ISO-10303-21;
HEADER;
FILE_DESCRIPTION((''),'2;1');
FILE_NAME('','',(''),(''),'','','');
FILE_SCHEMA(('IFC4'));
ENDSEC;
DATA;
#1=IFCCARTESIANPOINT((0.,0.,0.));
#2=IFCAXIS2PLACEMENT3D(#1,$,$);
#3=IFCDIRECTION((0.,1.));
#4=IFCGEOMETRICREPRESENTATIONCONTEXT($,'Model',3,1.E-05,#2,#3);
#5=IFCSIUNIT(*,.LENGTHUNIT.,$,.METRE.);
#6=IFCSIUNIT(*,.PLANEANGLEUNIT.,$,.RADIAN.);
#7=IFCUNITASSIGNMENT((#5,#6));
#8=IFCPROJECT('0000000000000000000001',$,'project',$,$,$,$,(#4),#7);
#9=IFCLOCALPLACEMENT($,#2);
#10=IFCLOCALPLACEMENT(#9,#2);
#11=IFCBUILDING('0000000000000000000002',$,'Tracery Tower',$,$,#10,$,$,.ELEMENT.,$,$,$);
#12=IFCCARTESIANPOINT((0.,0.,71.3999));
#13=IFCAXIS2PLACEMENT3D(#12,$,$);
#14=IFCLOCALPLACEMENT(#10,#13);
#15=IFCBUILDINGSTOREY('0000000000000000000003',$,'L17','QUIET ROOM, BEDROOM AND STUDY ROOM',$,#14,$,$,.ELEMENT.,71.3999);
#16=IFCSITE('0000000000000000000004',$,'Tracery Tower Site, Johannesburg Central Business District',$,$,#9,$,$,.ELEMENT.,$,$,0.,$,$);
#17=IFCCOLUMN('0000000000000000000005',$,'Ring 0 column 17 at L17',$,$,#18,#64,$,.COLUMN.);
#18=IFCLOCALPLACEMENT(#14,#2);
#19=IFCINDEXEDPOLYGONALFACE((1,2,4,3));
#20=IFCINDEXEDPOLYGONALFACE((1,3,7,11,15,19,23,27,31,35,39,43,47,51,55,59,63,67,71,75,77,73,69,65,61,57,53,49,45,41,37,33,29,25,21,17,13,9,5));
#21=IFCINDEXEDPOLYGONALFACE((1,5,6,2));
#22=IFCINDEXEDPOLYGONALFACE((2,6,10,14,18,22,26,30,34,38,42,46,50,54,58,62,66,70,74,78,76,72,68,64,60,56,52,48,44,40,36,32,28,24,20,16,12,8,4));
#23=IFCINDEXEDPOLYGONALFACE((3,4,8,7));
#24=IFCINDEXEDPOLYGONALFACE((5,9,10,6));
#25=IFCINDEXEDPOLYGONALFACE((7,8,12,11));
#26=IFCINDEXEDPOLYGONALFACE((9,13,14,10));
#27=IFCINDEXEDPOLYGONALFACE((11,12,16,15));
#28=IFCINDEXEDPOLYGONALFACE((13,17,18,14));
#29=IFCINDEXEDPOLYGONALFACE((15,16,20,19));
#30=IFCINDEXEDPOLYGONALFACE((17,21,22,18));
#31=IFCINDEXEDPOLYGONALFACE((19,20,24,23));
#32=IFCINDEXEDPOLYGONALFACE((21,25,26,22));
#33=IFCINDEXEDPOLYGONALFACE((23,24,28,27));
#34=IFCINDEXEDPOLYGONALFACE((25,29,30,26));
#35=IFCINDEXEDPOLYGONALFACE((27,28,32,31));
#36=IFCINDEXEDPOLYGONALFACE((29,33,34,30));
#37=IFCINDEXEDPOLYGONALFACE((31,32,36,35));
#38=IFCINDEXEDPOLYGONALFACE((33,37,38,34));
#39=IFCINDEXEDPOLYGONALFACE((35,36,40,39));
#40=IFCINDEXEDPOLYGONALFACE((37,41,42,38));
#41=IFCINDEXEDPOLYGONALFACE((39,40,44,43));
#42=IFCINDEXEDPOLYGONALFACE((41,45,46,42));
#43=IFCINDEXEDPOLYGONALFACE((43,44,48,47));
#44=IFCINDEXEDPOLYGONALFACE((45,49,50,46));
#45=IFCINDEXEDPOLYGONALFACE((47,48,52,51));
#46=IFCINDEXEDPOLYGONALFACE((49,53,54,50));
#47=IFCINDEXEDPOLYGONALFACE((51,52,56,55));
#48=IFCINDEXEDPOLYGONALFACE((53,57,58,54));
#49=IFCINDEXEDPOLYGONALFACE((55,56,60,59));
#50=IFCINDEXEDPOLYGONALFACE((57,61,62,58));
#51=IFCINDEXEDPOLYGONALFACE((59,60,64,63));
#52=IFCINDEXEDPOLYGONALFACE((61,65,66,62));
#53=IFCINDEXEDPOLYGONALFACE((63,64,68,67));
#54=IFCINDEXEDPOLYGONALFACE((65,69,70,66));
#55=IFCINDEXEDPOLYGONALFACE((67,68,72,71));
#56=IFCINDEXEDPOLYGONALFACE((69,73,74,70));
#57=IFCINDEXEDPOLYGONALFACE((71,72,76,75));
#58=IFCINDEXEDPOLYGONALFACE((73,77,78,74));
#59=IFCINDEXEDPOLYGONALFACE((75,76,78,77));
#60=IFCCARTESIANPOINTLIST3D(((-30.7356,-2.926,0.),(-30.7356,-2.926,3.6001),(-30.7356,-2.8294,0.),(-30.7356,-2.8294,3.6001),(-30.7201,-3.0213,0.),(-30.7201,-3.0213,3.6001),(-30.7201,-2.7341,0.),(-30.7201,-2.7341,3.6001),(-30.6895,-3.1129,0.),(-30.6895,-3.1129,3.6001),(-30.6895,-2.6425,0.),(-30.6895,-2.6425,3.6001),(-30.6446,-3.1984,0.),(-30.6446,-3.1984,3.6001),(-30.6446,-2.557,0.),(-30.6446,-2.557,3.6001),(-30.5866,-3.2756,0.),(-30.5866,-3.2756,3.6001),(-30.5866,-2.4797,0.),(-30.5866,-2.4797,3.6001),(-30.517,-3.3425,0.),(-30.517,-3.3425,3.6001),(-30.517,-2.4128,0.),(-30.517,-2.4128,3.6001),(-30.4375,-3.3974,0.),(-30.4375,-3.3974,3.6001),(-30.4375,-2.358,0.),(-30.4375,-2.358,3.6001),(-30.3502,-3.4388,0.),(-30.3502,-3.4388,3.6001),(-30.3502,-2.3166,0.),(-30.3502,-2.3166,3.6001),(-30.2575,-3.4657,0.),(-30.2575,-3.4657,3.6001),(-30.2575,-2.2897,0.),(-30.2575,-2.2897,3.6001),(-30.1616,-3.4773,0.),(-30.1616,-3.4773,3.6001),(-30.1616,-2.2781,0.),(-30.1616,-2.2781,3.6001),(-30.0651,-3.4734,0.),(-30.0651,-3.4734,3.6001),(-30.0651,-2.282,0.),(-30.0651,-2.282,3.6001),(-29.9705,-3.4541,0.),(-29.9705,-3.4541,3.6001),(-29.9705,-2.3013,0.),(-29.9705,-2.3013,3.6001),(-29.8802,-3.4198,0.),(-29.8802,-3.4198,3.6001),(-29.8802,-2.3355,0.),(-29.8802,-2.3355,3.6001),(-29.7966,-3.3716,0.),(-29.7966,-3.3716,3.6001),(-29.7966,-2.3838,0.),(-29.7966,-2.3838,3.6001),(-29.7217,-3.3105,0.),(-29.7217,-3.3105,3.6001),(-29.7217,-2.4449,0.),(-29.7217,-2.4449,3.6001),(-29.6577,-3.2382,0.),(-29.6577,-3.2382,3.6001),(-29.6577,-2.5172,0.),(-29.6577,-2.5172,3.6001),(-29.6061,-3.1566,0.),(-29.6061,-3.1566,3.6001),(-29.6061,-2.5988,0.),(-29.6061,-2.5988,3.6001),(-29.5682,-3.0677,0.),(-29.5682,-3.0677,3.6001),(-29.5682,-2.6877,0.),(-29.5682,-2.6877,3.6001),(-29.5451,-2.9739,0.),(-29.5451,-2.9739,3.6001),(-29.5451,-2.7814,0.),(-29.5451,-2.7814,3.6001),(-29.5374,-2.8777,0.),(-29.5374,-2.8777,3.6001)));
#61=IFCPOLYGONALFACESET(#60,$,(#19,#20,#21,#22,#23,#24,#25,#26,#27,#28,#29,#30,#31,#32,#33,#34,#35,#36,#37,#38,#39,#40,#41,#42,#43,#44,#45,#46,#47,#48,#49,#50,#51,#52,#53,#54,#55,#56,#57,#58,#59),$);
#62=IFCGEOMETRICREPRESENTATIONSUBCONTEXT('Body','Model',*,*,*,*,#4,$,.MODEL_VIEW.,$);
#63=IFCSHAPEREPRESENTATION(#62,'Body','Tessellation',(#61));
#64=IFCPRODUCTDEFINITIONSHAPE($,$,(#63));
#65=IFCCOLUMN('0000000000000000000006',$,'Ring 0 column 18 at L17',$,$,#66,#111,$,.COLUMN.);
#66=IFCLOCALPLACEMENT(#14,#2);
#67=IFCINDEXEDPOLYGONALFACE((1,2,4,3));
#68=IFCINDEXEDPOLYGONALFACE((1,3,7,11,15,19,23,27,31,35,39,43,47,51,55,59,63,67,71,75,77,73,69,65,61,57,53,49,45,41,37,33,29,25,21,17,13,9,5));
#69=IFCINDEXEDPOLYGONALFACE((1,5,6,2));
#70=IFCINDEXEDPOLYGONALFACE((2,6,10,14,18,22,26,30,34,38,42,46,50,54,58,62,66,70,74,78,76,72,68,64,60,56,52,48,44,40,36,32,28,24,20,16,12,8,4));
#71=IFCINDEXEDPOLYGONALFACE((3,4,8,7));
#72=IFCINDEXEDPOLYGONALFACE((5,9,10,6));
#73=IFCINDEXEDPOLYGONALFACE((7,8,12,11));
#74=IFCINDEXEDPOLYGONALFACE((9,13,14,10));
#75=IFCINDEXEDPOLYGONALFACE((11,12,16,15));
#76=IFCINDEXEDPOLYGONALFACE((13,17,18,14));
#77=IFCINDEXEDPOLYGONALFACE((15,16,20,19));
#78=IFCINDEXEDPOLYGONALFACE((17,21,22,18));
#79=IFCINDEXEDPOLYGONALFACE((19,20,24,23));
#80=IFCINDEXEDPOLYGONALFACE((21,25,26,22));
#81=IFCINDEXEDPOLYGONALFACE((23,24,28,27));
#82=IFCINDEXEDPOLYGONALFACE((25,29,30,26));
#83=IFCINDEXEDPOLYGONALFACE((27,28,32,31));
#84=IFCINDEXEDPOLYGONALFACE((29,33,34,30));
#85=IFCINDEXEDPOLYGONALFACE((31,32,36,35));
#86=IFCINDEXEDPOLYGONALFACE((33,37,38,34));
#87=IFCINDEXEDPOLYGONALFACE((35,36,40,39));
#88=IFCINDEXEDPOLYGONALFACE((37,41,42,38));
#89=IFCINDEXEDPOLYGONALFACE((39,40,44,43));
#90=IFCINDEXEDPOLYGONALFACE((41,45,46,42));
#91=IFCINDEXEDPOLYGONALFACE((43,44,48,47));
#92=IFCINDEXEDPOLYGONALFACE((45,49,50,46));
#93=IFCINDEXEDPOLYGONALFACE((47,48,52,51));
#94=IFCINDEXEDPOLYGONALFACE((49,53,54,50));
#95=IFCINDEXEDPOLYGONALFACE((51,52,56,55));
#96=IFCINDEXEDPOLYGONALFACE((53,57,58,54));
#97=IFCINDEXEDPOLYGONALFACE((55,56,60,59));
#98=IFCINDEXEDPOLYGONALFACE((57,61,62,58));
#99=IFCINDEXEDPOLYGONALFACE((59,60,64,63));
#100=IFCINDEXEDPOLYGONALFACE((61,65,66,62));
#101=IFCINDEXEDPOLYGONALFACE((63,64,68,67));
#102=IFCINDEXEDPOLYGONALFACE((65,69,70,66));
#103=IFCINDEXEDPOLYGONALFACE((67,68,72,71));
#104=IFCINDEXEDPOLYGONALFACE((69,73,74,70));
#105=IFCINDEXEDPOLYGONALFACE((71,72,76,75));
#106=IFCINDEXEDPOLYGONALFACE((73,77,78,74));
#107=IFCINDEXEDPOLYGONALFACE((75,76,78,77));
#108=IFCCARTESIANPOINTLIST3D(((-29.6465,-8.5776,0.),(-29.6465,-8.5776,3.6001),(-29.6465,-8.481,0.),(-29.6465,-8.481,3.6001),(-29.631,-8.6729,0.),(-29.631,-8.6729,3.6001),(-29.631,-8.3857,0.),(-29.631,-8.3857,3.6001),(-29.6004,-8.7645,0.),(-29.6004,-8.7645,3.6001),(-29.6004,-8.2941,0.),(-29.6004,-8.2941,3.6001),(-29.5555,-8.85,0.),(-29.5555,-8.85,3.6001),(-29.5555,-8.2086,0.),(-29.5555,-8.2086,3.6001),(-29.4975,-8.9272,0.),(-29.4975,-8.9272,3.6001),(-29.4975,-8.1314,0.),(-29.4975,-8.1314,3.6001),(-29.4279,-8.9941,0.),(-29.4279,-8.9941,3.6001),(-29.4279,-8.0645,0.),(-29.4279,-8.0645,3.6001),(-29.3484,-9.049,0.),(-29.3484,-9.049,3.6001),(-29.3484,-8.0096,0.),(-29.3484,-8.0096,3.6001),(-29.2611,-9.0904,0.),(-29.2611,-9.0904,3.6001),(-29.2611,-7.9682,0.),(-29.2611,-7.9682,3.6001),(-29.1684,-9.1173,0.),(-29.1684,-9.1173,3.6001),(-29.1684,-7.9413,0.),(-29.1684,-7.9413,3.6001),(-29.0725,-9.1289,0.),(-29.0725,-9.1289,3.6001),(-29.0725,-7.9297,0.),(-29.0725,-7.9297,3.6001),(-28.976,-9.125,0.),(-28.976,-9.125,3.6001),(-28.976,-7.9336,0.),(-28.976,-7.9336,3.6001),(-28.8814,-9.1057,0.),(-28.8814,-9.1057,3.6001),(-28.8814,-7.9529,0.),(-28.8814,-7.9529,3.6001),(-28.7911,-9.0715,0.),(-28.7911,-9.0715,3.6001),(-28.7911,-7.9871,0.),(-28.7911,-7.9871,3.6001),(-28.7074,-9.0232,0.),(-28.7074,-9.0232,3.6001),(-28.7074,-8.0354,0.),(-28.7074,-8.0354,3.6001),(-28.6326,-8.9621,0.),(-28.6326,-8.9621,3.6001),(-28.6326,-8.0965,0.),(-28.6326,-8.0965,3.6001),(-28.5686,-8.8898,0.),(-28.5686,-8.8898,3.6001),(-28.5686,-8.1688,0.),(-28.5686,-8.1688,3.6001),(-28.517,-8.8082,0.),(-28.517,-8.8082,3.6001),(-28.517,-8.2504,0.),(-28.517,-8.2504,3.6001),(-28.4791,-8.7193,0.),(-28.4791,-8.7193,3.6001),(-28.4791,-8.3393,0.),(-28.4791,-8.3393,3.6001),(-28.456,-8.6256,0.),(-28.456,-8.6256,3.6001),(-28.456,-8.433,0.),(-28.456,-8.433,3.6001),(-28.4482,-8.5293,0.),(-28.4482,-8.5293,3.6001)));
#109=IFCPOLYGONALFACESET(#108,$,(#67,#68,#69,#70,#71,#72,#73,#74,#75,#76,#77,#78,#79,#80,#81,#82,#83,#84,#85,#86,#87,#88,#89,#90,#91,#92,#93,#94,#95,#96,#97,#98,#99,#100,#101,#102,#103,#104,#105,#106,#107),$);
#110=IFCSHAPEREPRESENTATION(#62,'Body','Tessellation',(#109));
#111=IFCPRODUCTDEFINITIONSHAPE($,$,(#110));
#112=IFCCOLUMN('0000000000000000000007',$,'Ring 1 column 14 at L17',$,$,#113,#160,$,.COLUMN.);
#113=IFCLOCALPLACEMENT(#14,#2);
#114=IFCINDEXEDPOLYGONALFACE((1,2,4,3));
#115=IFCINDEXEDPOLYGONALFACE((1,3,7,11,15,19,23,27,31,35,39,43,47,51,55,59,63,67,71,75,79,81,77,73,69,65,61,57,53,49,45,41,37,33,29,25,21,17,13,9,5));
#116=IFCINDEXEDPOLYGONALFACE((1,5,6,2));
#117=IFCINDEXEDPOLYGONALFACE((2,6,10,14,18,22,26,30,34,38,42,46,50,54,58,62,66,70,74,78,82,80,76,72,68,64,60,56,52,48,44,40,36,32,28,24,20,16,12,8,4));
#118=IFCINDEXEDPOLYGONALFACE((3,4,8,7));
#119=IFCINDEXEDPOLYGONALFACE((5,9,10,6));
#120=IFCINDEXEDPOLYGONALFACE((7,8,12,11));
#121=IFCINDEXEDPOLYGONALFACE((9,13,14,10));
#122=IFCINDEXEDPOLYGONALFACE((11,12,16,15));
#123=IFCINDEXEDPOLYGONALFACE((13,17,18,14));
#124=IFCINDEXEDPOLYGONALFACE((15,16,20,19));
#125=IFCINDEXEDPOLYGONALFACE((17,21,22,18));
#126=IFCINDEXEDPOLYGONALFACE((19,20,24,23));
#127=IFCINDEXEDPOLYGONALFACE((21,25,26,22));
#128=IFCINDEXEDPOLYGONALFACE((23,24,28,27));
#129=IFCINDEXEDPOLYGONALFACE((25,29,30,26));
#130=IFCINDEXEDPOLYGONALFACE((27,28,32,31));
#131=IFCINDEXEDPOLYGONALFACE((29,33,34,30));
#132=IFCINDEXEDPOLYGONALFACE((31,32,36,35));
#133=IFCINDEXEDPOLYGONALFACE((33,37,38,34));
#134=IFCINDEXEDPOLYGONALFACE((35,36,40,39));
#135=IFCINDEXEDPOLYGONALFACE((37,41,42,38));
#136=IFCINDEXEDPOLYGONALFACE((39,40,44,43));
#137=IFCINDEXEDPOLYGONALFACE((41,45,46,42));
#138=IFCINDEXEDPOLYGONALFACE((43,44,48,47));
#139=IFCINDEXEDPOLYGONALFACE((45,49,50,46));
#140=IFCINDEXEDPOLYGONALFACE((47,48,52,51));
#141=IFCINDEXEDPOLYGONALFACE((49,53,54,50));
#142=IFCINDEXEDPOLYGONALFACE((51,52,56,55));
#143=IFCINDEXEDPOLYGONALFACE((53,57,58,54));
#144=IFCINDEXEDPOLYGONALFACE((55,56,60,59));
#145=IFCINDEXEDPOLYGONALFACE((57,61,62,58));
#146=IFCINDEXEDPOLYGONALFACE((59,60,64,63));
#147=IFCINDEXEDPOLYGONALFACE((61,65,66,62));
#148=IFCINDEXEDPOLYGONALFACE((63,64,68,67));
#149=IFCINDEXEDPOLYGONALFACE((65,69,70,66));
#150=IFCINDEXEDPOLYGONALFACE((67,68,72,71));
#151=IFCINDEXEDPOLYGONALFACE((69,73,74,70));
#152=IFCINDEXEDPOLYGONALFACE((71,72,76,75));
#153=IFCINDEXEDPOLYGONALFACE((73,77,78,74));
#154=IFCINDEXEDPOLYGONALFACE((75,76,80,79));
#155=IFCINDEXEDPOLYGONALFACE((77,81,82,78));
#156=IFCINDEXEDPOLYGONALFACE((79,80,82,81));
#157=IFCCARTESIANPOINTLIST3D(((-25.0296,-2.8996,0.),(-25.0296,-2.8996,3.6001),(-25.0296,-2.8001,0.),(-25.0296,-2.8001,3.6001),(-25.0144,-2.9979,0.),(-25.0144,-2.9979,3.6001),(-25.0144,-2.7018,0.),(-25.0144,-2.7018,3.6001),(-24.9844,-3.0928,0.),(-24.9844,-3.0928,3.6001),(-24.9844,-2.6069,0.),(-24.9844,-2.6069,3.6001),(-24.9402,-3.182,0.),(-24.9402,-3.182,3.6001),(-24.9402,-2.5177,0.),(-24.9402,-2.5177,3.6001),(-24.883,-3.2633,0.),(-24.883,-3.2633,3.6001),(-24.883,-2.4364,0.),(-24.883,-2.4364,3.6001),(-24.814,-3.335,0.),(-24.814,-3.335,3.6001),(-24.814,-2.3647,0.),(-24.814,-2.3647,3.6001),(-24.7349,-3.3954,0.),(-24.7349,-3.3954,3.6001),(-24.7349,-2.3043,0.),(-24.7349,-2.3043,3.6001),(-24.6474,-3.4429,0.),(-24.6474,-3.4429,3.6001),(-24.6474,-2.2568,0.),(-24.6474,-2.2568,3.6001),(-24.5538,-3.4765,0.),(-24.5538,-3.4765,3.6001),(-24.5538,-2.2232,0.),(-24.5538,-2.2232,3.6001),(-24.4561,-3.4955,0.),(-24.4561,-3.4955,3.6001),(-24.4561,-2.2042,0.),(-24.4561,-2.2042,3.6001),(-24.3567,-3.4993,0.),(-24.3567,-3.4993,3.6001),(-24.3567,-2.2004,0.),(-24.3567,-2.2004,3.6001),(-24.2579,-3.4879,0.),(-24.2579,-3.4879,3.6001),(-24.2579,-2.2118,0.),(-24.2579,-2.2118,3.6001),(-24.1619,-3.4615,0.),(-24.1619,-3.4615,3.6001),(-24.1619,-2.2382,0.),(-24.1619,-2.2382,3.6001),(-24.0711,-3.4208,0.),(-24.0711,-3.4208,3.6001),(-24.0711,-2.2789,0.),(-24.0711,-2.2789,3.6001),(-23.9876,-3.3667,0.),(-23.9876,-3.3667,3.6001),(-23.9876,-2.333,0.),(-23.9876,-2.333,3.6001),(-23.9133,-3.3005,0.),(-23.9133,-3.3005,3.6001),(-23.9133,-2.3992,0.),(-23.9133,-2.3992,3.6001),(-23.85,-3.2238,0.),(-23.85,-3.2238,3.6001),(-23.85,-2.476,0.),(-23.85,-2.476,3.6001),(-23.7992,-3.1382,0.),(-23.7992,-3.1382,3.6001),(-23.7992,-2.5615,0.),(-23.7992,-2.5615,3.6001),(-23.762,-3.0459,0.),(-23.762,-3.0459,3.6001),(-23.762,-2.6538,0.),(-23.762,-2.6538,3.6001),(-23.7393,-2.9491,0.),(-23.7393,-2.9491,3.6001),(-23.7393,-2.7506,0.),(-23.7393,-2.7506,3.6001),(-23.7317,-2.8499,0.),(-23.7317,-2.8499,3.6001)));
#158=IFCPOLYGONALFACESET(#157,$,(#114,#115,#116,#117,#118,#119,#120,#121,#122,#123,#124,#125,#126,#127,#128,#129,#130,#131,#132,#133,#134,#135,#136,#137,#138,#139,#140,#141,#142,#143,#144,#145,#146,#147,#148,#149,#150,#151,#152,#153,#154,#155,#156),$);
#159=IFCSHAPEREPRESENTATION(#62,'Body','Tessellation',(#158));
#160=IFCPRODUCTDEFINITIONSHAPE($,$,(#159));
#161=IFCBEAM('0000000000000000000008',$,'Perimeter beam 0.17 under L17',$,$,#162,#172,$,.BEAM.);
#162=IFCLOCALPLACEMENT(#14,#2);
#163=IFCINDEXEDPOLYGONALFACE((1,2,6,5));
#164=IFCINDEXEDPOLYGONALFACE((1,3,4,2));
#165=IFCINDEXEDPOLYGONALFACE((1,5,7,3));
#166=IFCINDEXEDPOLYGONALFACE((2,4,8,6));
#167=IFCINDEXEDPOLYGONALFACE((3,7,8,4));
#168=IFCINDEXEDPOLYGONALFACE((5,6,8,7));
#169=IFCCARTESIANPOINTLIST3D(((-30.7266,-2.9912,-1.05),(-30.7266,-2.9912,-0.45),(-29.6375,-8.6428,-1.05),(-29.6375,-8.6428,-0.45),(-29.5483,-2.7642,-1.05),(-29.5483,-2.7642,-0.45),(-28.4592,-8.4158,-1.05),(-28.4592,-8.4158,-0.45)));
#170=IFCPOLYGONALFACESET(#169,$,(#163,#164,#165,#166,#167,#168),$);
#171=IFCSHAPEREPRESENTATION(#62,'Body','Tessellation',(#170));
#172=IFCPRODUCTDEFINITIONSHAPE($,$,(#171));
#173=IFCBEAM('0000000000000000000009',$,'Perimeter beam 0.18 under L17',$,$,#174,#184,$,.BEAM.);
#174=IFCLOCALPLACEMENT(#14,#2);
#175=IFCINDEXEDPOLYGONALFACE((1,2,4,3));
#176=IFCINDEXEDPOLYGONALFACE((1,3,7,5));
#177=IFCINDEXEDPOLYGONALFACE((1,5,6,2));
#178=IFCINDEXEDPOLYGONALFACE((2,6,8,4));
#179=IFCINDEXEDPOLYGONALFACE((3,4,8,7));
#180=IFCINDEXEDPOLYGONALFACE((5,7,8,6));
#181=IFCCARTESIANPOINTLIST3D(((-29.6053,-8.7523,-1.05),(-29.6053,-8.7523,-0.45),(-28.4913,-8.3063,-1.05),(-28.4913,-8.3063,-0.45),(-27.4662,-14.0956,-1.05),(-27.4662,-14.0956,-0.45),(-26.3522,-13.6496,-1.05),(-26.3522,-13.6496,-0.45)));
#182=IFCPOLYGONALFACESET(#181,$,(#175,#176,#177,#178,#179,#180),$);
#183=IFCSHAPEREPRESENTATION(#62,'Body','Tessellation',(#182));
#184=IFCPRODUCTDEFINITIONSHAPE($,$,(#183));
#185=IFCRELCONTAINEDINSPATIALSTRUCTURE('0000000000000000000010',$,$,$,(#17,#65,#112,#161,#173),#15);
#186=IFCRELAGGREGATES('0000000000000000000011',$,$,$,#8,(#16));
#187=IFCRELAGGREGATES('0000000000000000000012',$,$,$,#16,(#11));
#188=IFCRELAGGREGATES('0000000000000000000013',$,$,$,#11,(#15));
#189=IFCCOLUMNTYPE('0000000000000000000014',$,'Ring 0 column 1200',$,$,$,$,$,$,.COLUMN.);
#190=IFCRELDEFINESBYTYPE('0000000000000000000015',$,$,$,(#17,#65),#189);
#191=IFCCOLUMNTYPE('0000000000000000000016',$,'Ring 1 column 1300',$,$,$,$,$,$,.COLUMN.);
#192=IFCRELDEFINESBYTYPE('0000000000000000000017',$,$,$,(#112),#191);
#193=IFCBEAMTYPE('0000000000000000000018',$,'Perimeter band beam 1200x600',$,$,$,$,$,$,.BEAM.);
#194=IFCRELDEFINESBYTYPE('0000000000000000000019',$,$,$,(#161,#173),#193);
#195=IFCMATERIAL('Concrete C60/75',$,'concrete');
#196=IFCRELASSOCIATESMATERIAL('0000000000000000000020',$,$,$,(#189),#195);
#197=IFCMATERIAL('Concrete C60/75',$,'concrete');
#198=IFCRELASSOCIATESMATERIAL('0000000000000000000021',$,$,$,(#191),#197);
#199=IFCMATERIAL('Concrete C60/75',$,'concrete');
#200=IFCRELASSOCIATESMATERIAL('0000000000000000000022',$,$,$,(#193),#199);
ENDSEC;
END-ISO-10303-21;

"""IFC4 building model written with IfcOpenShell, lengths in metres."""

from ifc_helpers import new_model, si_unit, direction, frame, origin, origin_2d, place, context, subcontext, project, spatial, rectangle, circle, extrude, material, material_profile, profile_set, type_object, element, save


model = new_model("IFC4")

# Units and contexts
model_context = context("Model", 3, precision=1e-05, world=origin(), true_north=direction((0.0, 1.0)))
body_context = subcontext(model_context, "Body", "Model", "MODEL_VIEW")
ifc_project = project(units=[si_unit("LENGTHUNIT", "METRE"), si_unit("PLANEANGLEUNIT", "RADIAN")], contexts=[model_context])

# Site, building, storey
site_placement = place(None, origin())
site = spatial("IfcSite", under=ifc_project, at=site_placement, Name="Tracery Tower Site, Johannesburg Central Business District", CompositionType="ELEMENT", RefElevation=0.0)
building_placement = place(site_placement, origin())
building = spatial("IfcBuilding", under=site, at=building_placement, Name="Tracery Tower", CompositionType="ELEMENT")
storey_placement = place(building_placement, frame((0.0, 0.0, 71.3999)))
storey = spatial("IfcBuildingStorey", under=building, at=storey_placement, Name="L17", Description="QUIET ROOM, BEDROOM AND STUDY ROOM", CompositionType="ELEMENT", Elevation=71.3999)

# Columns
ifc_material_1 = material(Name="Concrete C60/75", Category="concrete")
ifc_material_profile_1 = material_profile(ifc_material_1, circle(Radius=0.6001, at=origin_2d()), Name="RC D1200")
ifc_profile_set_1 = profile_set([ifc_material_profile_1], Name="Concrete C60/75")
column_type_1 = type_object("IfcColumnType", Name="Ring 0 column 1200", PredefinedType="COLUMN", material=ifc_profile_set_1)
for number, where, z_axis, x_axis, name in (
    (1, (-30.1375, -2.8777, 0.0), (0.0, 0.0, 1.0), (1.0, 0.0, 0.0), "Ring 0 column 17 at L17"),
    (2, (-29.0483, -8.5293, 0.0), (0.0, 0.0, 1.0), (1.0, 0.0, 0.0), "Ring 0 column 18 at L17"),
):
    element("IfcColumn", number, at=place(storey_placement, frame(where, z_axis=z_axis, x_axis=x_axis)), inside=storey, type_object=column_type_1, Name=name, PredefinedType="COLUMN", context=body_context, shape_type="SweptSolid", body=[
        extrude(circle(Radius=0.6001, at=origin_2d()), origin(), (0.0, 0.0, 1.0), 3.6001),
    ])
ifc_material_2 = material(Name="Concrete C60/75", Category="concrete")
ifc_material_profile_2 = material_profile(ifc_material_2, circle(Radius=0.6499, at=origin_2d()), Name="RC D1300")
ifc_profile_set_2 = profile_set([ifc_material_profile_2], Name="Concrete C60/75")
column_type_2 = type_object("IfcColumnType", Name="Ring 1 column 1300", PredefinedType="COLUMN", material=ifc_profile_set_2)
column_placement = place(storey_placement, frame((-24.3816, -2.8499, 0.0), z_axis=(0.0, 0.0, 1.0), x_axis=(1.0, 0.0, 0.0)))
element("IfcColumn", 3, at=column_placement, inside=storey, type_object=column_type_2, Name="Ring 1 column 14 at L17", PredefinedType="COLUMN", context=body_context, shape_type="SweptSolid", body=[
    extrude(circle(Radius=0.6499, at=origin_2d()), origin(), (0.0, 0.0, 1.0), 3.6001),
])

# Beams
ifc_material_3 = material(Name="Concrete C60/75", Category="concrete")
ifc_material_profile_3 = material_profile(ifc_material_3, rectangle(XDim=1.2, YDim=0.6001, at=origin_2d()), Name="RC 1200x600")
ifc_profile_set_3 = profile_set([ifc_material_profile_3], Name="Concrete C60/75")
beam_type = type_object("IfcBeamType", Name="Perimeter band beam 1200x600", PredefinedType="BEAM", material=ifc_profile_set_3)
for number, where, z_axis, x_axis, name in (
    (4, (-30.1375, -2.8777, -0.75), (0.189227, -0.981933, 0.0), (0.981933, 0.189227, 0.0), "Perimeter beam 0.17 under L17"),
    (5, (-29.0483, -8.5293, -0.75), (0.371669, -0.928365, 0.0), (0.928365, 0.371669, 0.0), "Perimeter beam 0.18 under L17"),
):
    element("IfcBeam", number, at=place(storey_placement, frame(where, z_axis=z_axis, x_axis=x_axis)), inside=storey, type_object=beam_type, Name=name, PredefinedType="BEAM", context=body_context, shape_type="SweptSolid", body=[
        extrude(rectangle(XDim=1.2, YDim=0.6001, at=origin_2d()), origin(), (0.0, 0.0, 1.0), 5.7556),
    ])

save(model, "model.ifc")
